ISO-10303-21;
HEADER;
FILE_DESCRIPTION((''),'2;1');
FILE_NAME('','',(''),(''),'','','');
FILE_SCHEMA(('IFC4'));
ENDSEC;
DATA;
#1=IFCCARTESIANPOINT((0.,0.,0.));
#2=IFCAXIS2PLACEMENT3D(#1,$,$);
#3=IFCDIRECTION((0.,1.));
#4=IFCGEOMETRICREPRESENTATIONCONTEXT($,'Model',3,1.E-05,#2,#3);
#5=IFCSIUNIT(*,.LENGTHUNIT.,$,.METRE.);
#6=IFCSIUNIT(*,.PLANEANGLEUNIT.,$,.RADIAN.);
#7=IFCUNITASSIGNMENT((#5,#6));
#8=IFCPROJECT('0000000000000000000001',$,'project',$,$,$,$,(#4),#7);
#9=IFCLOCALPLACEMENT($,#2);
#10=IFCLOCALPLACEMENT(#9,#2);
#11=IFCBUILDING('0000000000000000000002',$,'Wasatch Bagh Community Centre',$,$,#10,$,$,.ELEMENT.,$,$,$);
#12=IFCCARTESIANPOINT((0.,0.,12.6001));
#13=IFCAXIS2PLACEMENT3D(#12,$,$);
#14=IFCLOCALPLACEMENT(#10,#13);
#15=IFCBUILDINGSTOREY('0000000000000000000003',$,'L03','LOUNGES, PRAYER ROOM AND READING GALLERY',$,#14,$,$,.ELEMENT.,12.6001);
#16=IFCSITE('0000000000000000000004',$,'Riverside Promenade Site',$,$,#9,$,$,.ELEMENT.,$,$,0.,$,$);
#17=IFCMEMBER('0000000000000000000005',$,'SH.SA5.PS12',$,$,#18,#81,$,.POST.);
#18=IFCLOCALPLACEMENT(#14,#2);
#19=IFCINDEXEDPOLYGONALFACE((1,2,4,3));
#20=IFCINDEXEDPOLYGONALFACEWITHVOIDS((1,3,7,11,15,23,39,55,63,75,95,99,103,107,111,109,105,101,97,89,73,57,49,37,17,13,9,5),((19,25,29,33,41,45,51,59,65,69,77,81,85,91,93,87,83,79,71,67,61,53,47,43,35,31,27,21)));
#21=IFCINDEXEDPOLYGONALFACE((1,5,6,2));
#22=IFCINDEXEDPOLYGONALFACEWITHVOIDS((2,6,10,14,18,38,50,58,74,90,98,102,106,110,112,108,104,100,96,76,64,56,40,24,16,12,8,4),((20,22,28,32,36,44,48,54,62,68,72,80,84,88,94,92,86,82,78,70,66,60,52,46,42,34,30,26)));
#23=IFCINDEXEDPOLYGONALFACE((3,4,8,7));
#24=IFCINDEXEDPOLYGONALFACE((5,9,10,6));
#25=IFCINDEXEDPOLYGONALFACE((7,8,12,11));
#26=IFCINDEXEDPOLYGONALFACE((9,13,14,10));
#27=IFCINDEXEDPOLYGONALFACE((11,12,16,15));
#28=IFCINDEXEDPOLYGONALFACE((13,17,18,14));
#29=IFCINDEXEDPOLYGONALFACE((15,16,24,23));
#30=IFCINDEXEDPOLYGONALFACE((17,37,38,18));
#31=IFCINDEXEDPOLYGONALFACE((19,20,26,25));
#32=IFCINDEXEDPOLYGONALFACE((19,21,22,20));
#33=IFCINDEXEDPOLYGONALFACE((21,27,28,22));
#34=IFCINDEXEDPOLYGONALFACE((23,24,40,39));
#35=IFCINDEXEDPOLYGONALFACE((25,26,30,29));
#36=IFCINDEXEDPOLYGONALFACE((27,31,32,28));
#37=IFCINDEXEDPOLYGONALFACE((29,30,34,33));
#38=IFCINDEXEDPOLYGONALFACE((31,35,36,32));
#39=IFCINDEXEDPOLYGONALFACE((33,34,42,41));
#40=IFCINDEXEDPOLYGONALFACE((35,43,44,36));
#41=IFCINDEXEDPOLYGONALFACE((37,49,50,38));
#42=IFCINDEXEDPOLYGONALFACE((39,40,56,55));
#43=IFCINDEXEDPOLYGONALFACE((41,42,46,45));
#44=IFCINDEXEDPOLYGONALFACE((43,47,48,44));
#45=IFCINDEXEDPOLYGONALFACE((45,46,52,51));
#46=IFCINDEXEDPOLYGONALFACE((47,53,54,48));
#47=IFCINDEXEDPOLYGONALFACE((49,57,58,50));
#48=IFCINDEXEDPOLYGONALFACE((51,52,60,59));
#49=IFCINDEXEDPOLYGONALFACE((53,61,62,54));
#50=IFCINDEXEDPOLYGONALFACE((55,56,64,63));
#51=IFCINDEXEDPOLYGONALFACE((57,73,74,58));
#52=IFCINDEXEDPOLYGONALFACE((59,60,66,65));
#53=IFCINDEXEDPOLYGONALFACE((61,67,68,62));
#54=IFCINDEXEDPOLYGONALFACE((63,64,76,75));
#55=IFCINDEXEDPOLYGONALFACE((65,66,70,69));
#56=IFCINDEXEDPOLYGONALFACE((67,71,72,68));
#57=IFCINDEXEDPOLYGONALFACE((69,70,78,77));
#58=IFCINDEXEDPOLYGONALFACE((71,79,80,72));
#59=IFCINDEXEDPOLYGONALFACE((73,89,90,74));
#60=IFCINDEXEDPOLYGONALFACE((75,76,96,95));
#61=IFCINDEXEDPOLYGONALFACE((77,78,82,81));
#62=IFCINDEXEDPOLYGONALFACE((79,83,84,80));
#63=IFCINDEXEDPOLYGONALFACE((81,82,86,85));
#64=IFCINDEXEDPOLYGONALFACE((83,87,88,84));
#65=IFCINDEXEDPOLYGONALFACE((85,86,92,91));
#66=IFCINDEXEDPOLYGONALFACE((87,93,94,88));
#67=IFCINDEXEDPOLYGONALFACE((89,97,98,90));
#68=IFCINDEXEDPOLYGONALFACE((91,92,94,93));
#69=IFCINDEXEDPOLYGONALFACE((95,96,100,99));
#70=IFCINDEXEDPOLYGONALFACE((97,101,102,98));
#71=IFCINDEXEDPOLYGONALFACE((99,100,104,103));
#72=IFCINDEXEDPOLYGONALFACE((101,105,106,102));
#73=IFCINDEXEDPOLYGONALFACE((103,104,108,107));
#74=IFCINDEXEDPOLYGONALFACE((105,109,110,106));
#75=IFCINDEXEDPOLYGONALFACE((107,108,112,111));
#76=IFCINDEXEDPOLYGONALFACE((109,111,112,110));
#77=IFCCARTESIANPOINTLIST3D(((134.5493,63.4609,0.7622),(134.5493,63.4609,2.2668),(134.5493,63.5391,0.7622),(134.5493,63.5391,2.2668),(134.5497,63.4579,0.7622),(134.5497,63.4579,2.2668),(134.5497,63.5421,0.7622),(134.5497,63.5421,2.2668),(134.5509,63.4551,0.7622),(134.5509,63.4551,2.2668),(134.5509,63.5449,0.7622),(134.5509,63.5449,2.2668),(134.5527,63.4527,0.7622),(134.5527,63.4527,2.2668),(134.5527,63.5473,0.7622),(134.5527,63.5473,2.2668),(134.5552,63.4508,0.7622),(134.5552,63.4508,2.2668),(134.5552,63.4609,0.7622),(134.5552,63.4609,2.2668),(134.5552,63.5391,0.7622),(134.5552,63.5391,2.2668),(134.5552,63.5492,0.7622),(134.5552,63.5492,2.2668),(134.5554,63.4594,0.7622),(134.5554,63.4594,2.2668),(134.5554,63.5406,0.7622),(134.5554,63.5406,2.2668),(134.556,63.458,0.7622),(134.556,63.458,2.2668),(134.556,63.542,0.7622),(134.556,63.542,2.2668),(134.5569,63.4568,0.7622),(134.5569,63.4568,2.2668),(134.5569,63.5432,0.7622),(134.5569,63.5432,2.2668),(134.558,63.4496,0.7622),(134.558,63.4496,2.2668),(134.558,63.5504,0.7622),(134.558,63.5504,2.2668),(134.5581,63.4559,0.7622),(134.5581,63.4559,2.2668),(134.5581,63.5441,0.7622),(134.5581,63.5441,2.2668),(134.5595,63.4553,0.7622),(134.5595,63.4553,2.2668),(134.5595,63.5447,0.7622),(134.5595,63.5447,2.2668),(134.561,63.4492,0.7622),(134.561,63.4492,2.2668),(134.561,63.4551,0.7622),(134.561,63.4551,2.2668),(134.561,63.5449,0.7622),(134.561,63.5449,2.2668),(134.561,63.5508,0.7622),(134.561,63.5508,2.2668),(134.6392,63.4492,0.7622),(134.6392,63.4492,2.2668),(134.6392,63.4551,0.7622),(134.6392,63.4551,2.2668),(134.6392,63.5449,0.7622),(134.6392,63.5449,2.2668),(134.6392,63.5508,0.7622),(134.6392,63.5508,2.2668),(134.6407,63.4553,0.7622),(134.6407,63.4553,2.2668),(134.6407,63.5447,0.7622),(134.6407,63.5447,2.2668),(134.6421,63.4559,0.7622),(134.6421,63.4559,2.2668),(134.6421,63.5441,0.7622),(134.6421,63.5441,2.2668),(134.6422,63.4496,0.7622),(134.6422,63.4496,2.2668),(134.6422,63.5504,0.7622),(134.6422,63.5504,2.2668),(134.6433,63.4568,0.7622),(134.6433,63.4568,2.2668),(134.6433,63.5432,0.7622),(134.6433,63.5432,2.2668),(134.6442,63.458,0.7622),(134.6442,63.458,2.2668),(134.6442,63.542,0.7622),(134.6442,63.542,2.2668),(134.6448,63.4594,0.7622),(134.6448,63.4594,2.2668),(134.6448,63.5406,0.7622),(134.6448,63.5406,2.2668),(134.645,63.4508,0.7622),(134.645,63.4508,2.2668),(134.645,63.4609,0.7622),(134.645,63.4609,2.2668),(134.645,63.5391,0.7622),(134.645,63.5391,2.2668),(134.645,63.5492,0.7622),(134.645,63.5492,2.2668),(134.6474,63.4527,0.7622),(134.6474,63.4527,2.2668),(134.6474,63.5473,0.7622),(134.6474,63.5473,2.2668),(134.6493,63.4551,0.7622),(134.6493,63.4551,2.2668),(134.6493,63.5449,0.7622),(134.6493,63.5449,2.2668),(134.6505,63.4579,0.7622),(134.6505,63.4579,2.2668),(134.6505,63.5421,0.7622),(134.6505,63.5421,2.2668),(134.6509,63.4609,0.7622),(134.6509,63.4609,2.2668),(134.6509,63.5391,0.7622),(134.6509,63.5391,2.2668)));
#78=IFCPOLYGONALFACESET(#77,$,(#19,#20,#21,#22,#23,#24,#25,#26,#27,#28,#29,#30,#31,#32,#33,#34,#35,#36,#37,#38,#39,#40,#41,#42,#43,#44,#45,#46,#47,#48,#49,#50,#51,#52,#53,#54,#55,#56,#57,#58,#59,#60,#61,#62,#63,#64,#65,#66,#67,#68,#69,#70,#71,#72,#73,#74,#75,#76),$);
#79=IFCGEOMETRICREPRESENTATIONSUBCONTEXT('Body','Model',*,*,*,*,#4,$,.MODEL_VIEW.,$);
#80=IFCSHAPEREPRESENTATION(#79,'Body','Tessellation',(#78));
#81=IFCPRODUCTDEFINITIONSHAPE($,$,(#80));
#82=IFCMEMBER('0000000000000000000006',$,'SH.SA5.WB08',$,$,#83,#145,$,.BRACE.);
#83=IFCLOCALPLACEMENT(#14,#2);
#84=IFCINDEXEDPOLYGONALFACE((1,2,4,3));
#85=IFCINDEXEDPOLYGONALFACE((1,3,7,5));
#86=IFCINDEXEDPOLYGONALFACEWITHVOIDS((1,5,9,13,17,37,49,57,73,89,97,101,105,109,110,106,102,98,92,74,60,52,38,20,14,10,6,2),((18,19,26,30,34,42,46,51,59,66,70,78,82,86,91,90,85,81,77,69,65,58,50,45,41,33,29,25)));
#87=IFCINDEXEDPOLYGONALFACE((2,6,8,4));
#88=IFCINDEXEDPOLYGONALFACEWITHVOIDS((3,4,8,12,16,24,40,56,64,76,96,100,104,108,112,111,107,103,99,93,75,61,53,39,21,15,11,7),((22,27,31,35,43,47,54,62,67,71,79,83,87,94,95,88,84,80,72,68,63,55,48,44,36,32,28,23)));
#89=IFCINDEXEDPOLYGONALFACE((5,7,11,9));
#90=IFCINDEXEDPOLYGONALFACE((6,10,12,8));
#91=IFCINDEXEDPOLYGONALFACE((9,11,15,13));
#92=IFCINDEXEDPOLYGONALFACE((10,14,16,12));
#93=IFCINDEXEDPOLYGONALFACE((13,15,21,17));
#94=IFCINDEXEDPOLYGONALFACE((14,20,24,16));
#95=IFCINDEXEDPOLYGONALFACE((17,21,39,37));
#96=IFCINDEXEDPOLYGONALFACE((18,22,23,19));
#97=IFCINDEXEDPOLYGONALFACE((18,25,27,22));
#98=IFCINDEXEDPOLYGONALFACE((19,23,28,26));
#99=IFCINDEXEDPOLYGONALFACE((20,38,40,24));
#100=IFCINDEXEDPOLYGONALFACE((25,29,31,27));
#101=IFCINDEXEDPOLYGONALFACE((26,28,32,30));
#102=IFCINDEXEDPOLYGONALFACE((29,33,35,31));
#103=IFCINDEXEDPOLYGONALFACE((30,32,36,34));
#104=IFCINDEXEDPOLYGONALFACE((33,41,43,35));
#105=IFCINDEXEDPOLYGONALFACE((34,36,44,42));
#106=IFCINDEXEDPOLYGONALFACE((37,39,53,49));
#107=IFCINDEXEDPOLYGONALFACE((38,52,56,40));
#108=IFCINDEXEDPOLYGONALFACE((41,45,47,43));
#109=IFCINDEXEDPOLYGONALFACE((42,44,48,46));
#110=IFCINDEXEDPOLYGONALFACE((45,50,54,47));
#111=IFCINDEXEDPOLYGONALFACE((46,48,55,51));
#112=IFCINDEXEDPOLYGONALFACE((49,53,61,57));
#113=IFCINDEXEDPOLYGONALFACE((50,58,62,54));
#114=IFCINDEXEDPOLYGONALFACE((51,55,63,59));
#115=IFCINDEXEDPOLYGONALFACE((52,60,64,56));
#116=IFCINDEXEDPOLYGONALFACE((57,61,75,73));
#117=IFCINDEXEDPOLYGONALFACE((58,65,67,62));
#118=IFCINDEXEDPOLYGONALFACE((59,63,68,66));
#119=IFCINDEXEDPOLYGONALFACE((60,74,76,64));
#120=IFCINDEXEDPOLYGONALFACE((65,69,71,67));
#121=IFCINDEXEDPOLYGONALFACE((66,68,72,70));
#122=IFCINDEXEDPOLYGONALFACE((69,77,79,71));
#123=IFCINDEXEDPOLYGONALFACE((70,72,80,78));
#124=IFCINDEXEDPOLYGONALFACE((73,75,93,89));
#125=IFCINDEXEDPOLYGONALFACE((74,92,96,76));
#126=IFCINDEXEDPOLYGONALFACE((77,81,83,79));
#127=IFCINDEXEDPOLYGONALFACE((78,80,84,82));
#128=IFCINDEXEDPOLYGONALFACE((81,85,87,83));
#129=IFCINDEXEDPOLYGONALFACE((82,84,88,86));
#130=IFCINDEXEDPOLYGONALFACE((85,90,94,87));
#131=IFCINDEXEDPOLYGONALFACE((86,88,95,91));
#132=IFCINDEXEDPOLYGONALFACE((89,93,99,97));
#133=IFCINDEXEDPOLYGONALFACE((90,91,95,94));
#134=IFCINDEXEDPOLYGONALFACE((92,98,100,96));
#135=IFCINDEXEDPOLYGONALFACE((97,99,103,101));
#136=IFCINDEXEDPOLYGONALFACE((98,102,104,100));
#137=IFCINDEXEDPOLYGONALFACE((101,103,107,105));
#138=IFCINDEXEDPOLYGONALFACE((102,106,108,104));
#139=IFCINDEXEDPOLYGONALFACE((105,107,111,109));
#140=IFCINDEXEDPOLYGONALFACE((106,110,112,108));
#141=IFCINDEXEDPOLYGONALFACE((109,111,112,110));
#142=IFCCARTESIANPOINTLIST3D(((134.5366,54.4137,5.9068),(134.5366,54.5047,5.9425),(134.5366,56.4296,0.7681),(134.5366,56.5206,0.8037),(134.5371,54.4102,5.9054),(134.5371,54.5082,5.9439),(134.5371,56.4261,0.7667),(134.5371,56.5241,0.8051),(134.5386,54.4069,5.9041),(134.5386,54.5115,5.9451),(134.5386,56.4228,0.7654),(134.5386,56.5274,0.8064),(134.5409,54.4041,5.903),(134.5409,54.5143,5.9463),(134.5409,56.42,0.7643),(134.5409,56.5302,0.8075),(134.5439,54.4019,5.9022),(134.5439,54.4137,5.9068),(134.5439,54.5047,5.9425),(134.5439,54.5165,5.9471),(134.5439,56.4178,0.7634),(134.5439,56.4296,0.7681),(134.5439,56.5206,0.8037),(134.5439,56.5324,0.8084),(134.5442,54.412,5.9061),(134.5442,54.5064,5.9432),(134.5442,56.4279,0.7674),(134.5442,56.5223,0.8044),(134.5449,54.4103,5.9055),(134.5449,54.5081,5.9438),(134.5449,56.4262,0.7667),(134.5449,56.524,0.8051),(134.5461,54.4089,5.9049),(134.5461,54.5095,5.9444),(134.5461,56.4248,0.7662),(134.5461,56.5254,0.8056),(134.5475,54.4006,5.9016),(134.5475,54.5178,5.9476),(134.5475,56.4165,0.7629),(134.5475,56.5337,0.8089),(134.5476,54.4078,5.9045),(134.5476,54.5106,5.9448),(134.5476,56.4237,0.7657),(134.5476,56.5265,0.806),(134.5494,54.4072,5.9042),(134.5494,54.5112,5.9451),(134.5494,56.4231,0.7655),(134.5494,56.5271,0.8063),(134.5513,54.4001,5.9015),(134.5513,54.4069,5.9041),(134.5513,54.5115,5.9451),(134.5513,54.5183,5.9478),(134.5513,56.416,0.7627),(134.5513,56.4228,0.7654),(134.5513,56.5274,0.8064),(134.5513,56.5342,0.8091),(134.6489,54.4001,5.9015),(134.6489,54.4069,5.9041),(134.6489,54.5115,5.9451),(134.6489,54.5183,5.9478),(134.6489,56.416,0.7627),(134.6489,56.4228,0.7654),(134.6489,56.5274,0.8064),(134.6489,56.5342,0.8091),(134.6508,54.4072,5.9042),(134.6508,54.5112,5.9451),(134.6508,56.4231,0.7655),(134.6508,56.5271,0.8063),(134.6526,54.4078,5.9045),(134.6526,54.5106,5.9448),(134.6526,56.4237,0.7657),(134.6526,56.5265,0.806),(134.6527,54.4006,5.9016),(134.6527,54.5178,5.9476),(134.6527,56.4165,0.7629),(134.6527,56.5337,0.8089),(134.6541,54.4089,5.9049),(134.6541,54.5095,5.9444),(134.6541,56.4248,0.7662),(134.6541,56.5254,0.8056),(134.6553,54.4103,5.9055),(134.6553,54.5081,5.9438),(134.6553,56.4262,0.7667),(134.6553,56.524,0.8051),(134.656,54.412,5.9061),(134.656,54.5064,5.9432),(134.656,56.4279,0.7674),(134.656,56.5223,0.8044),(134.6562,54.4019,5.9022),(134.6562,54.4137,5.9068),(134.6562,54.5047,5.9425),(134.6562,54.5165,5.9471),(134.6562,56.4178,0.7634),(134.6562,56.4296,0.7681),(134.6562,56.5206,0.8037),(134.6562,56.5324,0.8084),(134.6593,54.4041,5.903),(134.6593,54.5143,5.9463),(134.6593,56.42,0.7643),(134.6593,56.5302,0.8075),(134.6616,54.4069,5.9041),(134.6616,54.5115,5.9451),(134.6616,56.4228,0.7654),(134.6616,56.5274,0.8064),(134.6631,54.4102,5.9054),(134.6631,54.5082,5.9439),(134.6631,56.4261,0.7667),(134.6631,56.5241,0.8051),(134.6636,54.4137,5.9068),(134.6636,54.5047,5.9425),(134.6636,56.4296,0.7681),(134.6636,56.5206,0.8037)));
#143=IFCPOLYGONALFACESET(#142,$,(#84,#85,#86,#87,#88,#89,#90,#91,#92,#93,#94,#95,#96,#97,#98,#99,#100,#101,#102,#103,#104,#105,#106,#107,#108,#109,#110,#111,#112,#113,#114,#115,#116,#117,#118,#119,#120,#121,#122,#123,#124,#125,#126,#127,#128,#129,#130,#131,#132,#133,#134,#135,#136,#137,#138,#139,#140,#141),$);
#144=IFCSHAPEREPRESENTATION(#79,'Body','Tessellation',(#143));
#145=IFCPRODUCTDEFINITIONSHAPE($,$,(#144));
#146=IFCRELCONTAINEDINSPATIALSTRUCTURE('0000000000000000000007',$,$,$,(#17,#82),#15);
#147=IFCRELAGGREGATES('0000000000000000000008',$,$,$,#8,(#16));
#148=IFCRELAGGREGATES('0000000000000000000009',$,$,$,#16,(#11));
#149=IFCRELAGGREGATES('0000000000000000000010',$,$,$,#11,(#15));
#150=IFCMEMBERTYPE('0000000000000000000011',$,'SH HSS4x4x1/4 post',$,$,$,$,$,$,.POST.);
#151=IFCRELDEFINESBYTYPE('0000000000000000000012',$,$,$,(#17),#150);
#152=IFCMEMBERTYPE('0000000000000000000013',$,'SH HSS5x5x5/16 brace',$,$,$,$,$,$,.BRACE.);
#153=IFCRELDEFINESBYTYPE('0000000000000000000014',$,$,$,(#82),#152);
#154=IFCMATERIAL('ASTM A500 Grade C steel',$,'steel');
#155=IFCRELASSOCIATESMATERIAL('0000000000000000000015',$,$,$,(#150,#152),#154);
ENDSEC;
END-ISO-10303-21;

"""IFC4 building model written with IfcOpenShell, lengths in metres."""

from ifc_helpers import new_model, si_unit, direction, frame, origin, origin_2d, place, context, subcontext, project, spatial, hollow_rectangle, extrude, material, material_profile, profile_set, type_object, element, save


model = new_model("IFC4")

# Units and contexts
model_context = context("Model", 3, precision=1e-05, world=origin(), true_north=direction((0.0, 1.0)))
body_context = subcontext(model_context, "Body", "Model", "MODEL_VIEW")
ifc_project = project(units=[si_unit("LENGTHUNIT", "METRE"), si_unit("PLANEANGLEUNIT", "RADIAN")], contexts=[model_context])

# Site, building, storey
site_placement = place(None, origin())
site = spatial("IfcSite", under=ifc_project, at=site_placement, Name="Riverside Promenade Site", CompositionType="ELEMENT", RefElevation=0.0)
building_placement = place(site_placement, origin())
building = spatial("IfcBuilding", under=site, at=building_placement, Name="Wasatch Bagh Community Centre", CompositionType="ELEMENT")
storey_placement = place(building_placement, frame((0.0, 0.0, 12.6001)))
storey = spatial("IfcBuildingStorey", under=building, at=storey_placement, Name="L03", Description="LOUNGES, PRAYER ROOM AND READING GALLERY", CompositionType="ELEMENT", Elevation=12.6001)

# Members
ifc_material_1 = material(Name="ASTM A500 Grade C steel", Category="steel")
ifc_material_profile_1 = material_profile(ifc_material_1, hollow_rectangle(XDim=0.1016, YDim=0.1016, WallThickness=0.0059, InnerFilletRadius=0.0059, OuterFilletRadius=0.0117, at=origin_2d()), Name="HSS4x4x1/4")
ifc_profile_set_1 = profile_set([ifc_material_profile_1], Name="ASTM A500 Grade C steel")
member_type_1 = type_object("IfcMemberType", Name="SH HSS4x4x1/4 post", PredefinedType="POST", material=ifc_profile_set_1)
member_1_placement = place(storey_placement, frame((134.6001, 63.5, 0.7622), z_axis=(0.0, 0.0, 1.0), x_axis=(1.0, 0.0, 0.0)))
element("IfcMember", 1, at=member_1_placement, inside=storey, type_object=member_type_1, Name="SH.SA5.PS12", PredefinedType="POST", context=body_context, shape_type="SweptSolid", body=[
    extrude(hollow_rectangle(XDim=0.1016, YDim=0.1016, WallThickness=0.0059, InnerFilletRadius=0.0059, OuterFilletRadius=0.0117, at=origin_2d()), origin(), (0.0, 0.0, 1.0), 1.5046),
])
ifc_material_profile_2 = material_profile(ifc_material_1, hollow_rectangle(XDim=0.127, YDim=0.127, WallThickness=0.0073, InnerFilletRadius=0.0073, OuterFilletRadius=0.0146, at=origin_2d()), Name="HSS5x5x5/16")
ifc_profile_set_2 = profile_set([ifc_material_profile_2], Name="ASTM A500 Grade C steel")
member_type_2 = type_object("IfcMemberType", Name="SH HSS5x5x5/16 brace", PredefinedType="BRACE", material=ifc_profile_set_2)
member_2_placement = place(storey_placement, frame((134.6001, 56.4751, 0.7859), z_axis=(0.0, -0.365198, 0.93093), x_axis=(1.0, 0.0, 0.0)))
element("IfcMember", 2, at=member_2_placement, inside=storey, type_object=member_type_2, Name="SH.SA5.WB08", PredefinedType="BRACE", context=body_context, shape_type="SweptSolid", body=[
    extrude(hollow_rectangle(XDim=0.127, YDim=0.127, WallThickness=0.0073, InnerFilletRadius=0.0073, OuterFilletRadius=0.0146, at=origin_2d()), origin(), (0.0, 0.0, 1.0), 5.52),
])

save(model, "model.ifc")
